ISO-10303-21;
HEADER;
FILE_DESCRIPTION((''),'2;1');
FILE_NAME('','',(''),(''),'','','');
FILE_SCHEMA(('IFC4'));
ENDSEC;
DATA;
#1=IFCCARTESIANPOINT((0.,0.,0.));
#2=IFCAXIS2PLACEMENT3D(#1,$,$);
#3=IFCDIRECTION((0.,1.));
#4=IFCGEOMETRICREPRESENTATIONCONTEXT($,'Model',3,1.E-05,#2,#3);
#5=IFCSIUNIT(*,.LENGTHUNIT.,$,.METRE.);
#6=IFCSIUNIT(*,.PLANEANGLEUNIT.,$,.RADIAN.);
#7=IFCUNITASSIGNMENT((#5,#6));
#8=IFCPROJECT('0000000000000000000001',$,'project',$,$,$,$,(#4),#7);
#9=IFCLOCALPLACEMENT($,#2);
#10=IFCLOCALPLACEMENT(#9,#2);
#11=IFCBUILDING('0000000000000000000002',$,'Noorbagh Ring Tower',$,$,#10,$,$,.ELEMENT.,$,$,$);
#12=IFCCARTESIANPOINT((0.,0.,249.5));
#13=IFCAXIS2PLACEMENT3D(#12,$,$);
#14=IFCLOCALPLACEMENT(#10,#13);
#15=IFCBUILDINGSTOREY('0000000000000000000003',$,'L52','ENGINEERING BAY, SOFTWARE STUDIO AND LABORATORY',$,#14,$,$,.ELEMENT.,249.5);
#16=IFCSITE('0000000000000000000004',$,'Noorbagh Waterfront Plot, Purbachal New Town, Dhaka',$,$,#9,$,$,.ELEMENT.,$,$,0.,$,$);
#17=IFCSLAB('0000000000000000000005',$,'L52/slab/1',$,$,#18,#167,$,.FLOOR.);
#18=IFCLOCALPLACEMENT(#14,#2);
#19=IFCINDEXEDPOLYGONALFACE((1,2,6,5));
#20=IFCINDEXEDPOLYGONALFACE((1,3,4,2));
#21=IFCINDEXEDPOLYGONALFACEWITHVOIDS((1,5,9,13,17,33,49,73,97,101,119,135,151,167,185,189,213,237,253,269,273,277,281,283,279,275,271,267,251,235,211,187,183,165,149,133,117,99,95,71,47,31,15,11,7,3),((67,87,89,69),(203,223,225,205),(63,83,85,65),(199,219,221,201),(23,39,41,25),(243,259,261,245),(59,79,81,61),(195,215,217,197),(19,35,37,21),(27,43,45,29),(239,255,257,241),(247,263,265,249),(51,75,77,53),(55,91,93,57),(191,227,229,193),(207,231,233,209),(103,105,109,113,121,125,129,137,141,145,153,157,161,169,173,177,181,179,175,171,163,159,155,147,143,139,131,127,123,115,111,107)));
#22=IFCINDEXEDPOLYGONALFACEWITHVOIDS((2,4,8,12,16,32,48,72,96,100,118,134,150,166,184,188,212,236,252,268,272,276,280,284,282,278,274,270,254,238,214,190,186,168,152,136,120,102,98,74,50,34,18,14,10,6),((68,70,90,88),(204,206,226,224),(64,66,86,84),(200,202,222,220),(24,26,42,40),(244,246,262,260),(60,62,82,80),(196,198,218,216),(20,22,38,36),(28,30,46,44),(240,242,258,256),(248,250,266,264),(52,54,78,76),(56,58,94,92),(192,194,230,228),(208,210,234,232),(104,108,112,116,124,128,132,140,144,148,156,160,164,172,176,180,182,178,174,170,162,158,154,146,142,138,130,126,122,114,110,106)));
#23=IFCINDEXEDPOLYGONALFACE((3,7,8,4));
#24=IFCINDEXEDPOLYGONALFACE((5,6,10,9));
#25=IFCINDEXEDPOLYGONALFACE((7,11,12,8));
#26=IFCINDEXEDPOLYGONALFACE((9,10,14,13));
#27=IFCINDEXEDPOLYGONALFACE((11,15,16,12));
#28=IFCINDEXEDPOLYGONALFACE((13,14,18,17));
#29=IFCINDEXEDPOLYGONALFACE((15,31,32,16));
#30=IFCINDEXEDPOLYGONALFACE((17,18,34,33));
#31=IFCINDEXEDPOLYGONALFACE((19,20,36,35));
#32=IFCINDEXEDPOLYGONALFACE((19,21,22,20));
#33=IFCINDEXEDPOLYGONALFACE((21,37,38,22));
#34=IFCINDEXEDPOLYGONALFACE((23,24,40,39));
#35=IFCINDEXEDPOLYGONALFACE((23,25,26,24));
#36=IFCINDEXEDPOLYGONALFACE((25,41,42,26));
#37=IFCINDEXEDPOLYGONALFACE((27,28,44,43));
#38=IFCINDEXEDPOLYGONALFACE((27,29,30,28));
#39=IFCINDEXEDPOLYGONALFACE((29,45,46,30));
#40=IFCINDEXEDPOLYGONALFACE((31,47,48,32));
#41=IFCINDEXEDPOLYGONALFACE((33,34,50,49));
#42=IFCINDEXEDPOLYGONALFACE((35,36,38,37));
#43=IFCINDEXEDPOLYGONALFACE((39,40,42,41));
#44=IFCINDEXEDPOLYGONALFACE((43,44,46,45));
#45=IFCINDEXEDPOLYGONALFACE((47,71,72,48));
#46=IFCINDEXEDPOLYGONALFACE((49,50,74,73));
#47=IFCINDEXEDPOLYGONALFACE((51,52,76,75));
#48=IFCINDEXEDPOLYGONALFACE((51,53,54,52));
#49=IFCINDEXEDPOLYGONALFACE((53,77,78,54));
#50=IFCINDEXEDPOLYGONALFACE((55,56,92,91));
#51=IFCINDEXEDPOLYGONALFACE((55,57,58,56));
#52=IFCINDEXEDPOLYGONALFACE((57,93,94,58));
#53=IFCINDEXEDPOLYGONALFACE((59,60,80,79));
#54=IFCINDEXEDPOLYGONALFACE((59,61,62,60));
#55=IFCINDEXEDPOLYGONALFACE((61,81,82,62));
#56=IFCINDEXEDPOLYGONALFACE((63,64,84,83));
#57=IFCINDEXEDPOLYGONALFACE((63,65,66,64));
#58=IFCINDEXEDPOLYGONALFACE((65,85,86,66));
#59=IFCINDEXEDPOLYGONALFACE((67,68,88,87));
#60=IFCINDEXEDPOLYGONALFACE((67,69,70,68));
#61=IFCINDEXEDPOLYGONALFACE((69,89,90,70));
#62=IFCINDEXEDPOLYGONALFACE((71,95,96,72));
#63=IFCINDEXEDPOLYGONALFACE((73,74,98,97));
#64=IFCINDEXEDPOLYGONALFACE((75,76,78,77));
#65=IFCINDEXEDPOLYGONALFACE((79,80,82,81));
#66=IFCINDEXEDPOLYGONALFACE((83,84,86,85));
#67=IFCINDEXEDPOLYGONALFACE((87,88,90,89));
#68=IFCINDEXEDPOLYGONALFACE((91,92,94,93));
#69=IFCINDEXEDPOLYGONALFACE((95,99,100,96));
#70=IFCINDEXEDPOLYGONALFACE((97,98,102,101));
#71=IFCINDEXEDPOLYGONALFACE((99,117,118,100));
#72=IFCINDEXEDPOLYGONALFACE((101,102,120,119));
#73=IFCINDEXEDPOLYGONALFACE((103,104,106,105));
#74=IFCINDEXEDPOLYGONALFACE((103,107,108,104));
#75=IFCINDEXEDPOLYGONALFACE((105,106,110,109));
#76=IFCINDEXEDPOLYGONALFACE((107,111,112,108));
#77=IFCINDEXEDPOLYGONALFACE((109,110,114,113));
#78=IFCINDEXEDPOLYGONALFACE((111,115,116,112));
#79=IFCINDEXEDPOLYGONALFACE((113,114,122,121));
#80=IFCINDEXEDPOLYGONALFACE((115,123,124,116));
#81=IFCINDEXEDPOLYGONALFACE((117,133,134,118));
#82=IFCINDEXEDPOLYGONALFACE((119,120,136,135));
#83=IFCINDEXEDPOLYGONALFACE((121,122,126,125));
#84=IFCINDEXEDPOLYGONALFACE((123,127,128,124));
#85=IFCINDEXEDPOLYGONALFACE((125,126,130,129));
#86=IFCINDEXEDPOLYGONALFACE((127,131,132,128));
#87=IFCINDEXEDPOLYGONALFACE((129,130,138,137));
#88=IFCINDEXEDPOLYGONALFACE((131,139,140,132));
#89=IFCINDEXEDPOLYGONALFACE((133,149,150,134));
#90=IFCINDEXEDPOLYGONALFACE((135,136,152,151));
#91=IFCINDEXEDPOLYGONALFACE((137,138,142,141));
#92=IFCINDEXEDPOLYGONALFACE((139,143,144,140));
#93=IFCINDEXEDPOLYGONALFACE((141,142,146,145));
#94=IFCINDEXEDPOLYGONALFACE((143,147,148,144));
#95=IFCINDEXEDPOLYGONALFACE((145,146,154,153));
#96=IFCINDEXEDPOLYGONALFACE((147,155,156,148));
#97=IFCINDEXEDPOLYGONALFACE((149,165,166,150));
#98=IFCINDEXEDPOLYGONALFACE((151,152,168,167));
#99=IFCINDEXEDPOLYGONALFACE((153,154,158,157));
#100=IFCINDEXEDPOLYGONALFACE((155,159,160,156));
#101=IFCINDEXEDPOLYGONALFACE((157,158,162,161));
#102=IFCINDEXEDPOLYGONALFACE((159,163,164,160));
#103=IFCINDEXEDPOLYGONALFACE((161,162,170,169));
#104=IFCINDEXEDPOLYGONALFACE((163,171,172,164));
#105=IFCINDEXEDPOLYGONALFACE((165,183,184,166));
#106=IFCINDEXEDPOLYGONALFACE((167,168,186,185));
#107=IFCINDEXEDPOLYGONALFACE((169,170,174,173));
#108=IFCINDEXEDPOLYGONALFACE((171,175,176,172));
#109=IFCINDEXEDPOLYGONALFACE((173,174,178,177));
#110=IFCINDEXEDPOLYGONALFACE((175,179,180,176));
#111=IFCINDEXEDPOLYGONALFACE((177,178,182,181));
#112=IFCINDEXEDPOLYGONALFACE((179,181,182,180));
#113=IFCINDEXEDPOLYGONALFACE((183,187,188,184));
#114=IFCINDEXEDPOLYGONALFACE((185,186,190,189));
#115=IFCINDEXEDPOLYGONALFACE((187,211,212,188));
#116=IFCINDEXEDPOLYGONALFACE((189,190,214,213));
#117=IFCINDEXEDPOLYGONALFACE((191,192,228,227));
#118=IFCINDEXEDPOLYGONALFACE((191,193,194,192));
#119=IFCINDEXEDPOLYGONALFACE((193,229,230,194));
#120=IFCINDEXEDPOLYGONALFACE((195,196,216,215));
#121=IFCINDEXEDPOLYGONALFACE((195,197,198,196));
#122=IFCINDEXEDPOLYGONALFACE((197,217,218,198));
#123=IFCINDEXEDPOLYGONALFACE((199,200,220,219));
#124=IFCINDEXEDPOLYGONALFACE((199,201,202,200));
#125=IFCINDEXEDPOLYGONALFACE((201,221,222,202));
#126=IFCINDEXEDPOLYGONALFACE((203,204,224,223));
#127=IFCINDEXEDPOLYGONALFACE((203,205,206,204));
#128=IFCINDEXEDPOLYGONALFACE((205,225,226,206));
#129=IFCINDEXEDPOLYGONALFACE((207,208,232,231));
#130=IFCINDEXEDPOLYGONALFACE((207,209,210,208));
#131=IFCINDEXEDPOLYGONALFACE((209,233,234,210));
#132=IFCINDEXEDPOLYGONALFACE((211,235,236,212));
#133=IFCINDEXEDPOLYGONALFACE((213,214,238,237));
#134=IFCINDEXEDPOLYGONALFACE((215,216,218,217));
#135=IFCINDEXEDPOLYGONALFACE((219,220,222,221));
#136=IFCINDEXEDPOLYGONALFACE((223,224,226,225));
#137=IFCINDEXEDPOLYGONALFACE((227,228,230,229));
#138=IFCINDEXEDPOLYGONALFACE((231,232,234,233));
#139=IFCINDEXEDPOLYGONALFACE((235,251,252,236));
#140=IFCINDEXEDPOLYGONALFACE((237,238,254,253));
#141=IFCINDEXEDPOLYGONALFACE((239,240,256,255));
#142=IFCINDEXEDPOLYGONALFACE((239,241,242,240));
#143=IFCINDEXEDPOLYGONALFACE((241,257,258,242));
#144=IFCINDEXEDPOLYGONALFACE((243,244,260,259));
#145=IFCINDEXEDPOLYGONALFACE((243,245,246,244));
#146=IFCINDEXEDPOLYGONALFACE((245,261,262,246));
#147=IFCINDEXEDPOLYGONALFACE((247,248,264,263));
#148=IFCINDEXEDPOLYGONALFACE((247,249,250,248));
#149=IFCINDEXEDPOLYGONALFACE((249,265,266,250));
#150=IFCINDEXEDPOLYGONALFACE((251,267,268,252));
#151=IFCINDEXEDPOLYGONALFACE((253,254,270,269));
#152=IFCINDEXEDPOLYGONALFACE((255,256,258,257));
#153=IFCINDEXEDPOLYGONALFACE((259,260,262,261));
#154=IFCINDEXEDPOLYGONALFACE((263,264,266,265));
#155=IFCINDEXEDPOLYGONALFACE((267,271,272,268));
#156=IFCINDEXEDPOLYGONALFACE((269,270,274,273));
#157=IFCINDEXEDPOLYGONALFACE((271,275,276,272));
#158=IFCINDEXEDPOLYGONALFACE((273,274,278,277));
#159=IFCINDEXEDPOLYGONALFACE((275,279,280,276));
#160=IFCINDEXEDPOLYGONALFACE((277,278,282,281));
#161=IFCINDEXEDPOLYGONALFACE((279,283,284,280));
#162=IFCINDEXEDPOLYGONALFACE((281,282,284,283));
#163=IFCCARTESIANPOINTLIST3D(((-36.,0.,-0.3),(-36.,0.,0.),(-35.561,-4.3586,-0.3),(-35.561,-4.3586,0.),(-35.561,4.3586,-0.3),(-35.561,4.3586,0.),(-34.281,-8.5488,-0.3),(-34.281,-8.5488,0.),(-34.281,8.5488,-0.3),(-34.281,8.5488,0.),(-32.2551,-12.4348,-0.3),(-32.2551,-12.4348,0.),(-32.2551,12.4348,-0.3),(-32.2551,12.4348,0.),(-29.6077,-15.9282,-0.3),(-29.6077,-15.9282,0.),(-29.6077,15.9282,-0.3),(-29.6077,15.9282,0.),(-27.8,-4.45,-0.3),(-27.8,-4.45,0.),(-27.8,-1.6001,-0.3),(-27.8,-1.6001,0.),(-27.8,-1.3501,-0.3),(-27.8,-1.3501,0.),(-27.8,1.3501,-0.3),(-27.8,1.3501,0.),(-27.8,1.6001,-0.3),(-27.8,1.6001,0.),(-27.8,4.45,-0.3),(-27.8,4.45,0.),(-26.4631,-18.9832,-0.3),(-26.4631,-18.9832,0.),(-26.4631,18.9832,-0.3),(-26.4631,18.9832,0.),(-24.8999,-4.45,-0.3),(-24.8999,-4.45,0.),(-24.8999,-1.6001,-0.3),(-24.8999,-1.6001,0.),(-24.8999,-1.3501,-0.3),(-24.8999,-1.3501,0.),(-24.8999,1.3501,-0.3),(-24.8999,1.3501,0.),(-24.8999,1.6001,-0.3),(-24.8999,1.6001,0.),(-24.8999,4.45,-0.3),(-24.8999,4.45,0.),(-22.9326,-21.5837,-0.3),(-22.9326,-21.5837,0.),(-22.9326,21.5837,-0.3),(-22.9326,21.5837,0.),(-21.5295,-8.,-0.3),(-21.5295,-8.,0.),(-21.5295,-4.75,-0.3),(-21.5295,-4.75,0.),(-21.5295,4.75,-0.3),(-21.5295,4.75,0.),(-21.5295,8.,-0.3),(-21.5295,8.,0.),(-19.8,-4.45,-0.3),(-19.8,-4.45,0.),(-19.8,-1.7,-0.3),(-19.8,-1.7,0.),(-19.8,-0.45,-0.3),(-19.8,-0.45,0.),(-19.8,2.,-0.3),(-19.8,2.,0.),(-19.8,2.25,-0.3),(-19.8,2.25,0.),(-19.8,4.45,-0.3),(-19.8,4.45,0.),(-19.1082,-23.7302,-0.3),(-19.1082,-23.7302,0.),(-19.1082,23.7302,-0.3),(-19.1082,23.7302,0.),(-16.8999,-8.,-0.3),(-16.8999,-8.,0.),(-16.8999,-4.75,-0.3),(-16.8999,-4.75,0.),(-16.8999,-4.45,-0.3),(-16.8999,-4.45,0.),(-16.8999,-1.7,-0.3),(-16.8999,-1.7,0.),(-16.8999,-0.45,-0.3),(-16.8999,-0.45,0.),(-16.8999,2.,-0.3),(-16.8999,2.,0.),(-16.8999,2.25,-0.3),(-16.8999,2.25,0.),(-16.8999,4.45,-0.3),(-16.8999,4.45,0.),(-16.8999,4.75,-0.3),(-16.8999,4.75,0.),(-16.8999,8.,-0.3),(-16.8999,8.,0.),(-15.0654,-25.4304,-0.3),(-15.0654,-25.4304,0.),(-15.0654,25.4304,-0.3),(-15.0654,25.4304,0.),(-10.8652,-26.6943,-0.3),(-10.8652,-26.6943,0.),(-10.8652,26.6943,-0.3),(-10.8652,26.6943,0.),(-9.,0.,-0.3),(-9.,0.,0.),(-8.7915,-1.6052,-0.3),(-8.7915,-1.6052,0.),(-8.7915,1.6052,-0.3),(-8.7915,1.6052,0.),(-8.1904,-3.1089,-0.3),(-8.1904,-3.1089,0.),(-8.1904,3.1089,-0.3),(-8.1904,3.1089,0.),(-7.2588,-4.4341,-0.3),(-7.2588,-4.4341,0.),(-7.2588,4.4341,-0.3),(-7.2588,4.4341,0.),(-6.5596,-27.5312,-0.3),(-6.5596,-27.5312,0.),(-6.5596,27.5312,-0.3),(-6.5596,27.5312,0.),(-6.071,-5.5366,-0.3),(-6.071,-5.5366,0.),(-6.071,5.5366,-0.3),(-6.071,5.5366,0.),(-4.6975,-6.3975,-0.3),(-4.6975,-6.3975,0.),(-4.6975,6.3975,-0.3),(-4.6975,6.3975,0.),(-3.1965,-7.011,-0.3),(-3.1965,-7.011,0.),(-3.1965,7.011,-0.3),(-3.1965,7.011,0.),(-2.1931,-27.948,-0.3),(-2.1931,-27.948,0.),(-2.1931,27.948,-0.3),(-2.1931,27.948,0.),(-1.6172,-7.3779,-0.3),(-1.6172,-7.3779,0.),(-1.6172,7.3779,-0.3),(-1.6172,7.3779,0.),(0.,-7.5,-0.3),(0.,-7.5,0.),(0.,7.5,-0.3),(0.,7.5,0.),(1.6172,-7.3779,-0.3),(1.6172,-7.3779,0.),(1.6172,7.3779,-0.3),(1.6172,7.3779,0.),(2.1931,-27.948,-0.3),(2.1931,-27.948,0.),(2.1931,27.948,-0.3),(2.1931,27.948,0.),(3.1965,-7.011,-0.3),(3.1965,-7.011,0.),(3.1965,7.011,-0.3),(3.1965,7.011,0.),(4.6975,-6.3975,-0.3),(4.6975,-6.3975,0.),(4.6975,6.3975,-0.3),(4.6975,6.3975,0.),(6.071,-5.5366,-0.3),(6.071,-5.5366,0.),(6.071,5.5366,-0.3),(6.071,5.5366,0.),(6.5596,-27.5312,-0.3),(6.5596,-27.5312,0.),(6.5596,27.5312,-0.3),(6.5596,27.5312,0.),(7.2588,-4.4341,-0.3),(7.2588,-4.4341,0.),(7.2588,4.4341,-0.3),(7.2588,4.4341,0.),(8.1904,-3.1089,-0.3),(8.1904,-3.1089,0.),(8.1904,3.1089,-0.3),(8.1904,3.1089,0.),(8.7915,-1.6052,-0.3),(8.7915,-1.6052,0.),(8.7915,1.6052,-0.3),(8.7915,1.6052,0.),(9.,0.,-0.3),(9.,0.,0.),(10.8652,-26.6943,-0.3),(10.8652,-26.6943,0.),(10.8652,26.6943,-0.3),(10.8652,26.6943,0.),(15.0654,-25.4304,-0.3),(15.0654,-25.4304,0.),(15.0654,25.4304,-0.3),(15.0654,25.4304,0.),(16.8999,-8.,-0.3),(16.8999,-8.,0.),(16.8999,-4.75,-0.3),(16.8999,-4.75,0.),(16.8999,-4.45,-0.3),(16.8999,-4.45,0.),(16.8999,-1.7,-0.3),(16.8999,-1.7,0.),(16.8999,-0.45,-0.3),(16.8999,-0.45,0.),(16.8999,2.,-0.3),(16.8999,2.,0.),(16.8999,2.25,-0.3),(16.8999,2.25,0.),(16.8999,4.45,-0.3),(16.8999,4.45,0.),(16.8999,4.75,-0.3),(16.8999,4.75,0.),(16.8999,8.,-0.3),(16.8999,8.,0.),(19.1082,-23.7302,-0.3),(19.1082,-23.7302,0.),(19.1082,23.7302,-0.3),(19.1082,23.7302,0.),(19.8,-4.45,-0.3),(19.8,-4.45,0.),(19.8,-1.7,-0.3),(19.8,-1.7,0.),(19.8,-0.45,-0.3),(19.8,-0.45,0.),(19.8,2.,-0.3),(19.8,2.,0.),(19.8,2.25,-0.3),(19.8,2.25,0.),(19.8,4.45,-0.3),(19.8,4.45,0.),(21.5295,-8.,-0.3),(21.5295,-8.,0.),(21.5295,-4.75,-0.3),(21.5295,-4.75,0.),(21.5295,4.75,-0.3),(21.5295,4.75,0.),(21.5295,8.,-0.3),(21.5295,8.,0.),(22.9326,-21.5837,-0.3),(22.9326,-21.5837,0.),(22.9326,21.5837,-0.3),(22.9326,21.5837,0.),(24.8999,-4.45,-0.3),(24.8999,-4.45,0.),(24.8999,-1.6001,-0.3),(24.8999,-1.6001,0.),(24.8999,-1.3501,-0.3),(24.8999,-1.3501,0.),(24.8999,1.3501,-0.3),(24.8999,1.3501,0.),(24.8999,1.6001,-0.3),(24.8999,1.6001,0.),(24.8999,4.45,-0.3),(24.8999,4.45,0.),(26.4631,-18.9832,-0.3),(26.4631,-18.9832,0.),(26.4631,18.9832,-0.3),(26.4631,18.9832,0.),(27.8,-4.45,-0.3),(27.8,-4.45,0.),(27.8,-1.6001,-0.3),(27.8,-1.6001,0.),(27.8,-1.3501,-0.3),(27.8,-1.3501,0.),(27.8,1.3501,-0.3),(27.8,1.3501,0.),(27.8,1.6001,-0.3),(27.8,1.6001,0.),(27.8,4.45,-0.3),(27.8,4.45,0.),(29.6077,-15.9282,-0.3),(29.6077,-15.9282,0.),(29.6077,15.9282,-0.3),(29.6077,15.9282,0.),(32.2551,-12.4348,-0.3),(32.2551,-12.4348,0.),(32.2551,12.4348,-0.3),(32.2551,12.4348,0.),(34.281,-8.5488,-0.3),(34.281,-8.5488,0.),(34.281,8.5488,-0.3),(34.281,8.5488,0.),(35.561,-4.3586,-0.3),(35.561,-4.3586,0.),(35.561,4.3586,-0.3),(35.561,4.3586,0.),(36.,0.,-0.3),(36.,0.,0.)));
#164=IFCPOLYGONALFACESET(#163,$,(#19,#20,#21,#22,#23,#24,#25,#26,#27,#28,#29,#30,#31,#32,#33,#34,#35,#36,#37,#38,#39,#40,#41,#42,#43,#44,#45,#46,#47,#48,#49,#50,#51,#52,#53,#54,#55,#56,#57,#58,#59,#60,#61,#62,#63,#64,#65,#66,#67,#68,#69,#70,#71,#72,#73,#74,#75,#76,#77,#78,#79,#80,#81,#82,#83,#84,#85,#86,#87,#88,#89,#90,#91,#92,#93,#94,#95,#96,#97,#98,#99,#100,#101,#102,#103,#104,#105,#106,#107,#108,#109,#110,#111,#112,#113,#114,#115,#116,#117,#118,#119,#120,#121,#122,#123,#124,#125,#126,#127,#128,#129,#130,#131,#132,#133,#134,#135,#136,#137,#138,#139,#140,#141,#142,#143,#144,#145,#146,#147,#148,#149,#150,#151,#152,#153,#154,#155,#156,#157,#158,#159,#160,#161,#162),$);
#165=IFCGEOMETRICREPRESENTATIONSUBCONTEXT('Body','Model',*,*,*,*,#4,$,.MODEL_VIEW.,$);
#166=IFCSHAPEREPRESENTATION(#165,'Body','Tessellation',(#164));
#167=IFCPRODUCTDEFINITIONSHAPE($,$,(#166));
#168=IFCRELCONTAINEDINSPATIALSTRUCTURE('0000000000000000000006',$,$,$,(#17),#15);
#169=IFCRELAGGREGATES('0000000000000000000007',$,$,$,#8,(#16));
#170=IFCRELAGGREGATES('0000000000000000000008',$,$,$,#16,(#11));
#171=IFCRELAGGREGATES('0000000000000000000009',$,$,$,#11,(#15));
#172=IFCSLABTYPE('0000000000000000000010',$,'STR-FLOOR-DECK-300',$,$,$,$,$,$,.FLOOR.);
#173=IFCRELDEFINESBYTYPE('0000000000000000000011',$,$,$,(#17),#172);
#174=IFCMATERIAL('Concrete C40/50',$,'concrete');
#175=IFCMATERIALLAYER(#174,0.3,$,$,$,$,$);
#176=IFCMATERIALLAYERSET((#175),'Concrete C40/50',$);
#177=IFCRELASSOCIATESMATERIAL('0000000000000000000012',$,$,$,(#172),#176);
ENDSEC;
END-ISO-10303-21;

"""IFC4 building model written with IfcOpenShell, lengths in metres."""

from ifc_helpers import new_model, si_unit, direction, frame, origin, place, context, subcontext, project, spatial, polyline, outline, extrude, material, layer, layer_set, type_object, element, save


model = new_model("IFC4")

# Units and contexts
model_context = context("Model", 3, precision=1e-05, world=origin(), true_north=direction((0.0, 1.0)))
body_context = subcontext(model_context, "Body", "Model", "MODEL_VIEW")
ifc_project = project(units=[si_unit("LENGTHUNIT", "METRE"), si_unit("PLANEANGLEUNIT", "RADIAN")], contexts=[model_context])

# Site, building, storey
site_placement = place(None, origin())
site = spatial("IfcSite", under=ifc_project, at=site_placement, Name="Noorbagh Waterfront Plot, Purbachal New Town, Dhaka", CompositionType="ELEMENT", RefElevation=0.0)
building_placement = place(site_placement, origin())
building = spatial("IfcBuilding", under=site, at=building_placement, Name="Noorbagh Ring Tower", CompositionType="ELEMENT")
storey_placement = place(building_placement, frame((0.0, 0.0, 249.5)))
storey = spatial("IfcBuildingStorey", under=building, at=storey_placement, Name="L52", Description="ENGINEERING BAY, SOFTWARE STUDIO AND LABORATORY", CompositionType="ELEMENT", Elevation=249.5)

# Slab
ifc_material_1 = material(Name="Concrete C40/50", Category="concrete")
ifc_layer_1 = layer(ifc_material_1, 0.3)
ifc_layer_set_1 = layer_set([ifc_layer_1], Name="Concrete C40/50")
slab_type_1 = type_object("IfcSlabType", Name="STR-FLOOR-DECK-300", PredefinedType="FLOOR", material=ifc_layer_set_1)
slab_1_placement = place(storey_placement, frame((0.0, 0.0, -0.3)))
element("IfcSlab", 1, at=slab_1_placement, inside=storey, type_object=slab_type_1, Name="L52/slab/1", PredefinedType="FLOOR", context=body_context, shape_type="SweptSolid", body=[
    extrude(outline(polyline([(36.0, 0.0), (35.561, 4.3586), (34.281, 8.5488), (32.2551, 12.4348), (29.6077, 15.9282), (26.4631, 18.9832), (22.9326, 21.5837), (19.1082, 23.7302), (15.0654, 25.4304), (10.8652, 26.6943), (6.5596, 27.5312), (2.1931, 27.948), (-2.1931, 27.948), (-6.5596, 27.5312), (-10.8652, 26.6943), (-15.0654, 25.4304), (-19.1082, 23.7302), (-22.9326, 21.5837), (-26.4631, 18.9832), (-29.6077, 15.9282), (-32.2551, 12.4348), (-34.281, 8.5488), (-35.561, 4.3586), (-36.0, 0.0), (-35.561, -4.3586), (-34.281, -8.5488), (-32.2551, -12.4348), (-29.6077, -15.9282), (-26.4631, -18.9832), (-22.9326, -21.5837), (-19.1082, -23.7302), (-15.0654, -25.4304), (-10.8652, -26.6943), (-6.5596, -27.5312), (-2.1931, -27.948), (2.1931, -27.948), (6.5596, -27.5312), (10.8652, -26.6943), (15.0654, -25.4304), (19.1082, -23.7302), (22.9326, -21.5837), (26.4631, -18.9832), (29.6077, -15.9282), (32.2551, -12.4348), (34.281, -8.5488), (35.561, -4.3586), (36.0, 0.0)]), holes=[polyline([(24.8999, 4.45), (27.8, 4.45), (27.8, 1.6001), (24.8999, 1.6001), (24.8999, 4.45)]), polyline([(24.8999, 1.3501), (27.8, 1.3501), (27.8, -1.3501), (24.8999, -1.3501), (24.8999, 1.3501)]), polyline([(24.8999, -1.6001), (27.8, -1.6001), (27.8, -4.45), (24.8999, -4.45), (24.8999, -1.6001)]), polyline([(21.5295, -8.0), (16.8999, -8.0), (16.8999, -4.75), (21.5295, -4.75), (21.5295, -8.0)]), polyline([(16.8999, 4.75), (16.8999, 8.0), (21.5295, 8.0), (21.5295, 4.75), (16.8999, 4.75)]), polyline([(19.8, 4.45), (19.8, 2.25), (16.8999, 2.25), (16.8999, 4.45), (19.8, 4.45)]), polyline([(16.8999, 2.0), (19.8, 2.0), (19.8, -0.45), (16.8999, -0.45), (16.8999, 2.0)]), polyline([(16.8999, -1.7), (19.8, -1.7), (19.8, -4.45), (16.8999, -4.45), (16.8999, -1.7)]), polyline([(4.6975, -6.3975), (3.1965, -7.011), (1.6172, -7.3779), (0.0, -7.5), (-1.6172, -7.3779), (-3.1965, -7.011), (-4.6975, -6.3975), (-6.071, -5.5366), (-7.2588, -4.4341), (-8.1904, -3.1089), (-8.7915, -1.6052), (-9.0, 0.0), (-8.7915, 1.6052), (-8.1904, 3.1089), (-7.2588, 4.4341), (-6.071, 5.5366), (-4.6975, 6.3975), (-3.1965, 7.011), (-1.6172, 7.3779), (0.0, 7.5), (1.6172, 7.3779), (3.1965, 7.011), (4.6975, 6.3975), (6.071, 5.5366), (7.2588, 4.4341), (8.1904, 3.1089), (8.7915, 1.6052), (9.0, 0.0), (8.7915, -1.6052), (8.1904, -3.1089), (7.2588, -4.4341), (6.071, -5.5366), (4.6975, -6.3975)]), polyline([(-16.8999, 2.25), (-19.8, 2.25), (-19.8, 4.45), (-16.8999, 4.45), (-16.8999, 2.25)]), polyline([(-16.8999, -0.45), (-19.8, -0.45), (-19.8, 2.0), (-16.8999, 2.0), (-16.8999, -0.45)]), polyline([(-16.8999, -4.45), (-19.8, -4.45), (-19.8, -1.7), (-16.8999, -1.7), (-16.8999, -4.45)]), polyline([(-21.5295, 8.0), (-16.8999, 8.0), (-16.8999, 4.75), (-21.5295, 4.75), (-21.5295, 8.0)]), polyline([(-21.5295, -4.75), (-16.8999, -4.75), (-16.8999, -8.0), (-21.5295, -8.0), (-21.5295, -4.75)]), polyline([(-24.8999, -4.45), (-27.8, -4.45), (-27.8, -1.6001), (-24.8999, -1.6001), (-24.8999, -4.45)]), polyline([(-24.8999, 1.6001), (-27.8, 1.6001), (-27.8, 4.45), (-24.8999, 4.45), (-24.8999, 1.6001)]), polyline([(-24.8999, -1.3501), (-27.8, -1.3501), (-27.8, 1.3501), (-24.8999, 1.3501), (-24.8999, -1.3501)])]), origin(), (0.0, 0.0, 1.0), 0.3),
])

save(model, "model.ifc")
